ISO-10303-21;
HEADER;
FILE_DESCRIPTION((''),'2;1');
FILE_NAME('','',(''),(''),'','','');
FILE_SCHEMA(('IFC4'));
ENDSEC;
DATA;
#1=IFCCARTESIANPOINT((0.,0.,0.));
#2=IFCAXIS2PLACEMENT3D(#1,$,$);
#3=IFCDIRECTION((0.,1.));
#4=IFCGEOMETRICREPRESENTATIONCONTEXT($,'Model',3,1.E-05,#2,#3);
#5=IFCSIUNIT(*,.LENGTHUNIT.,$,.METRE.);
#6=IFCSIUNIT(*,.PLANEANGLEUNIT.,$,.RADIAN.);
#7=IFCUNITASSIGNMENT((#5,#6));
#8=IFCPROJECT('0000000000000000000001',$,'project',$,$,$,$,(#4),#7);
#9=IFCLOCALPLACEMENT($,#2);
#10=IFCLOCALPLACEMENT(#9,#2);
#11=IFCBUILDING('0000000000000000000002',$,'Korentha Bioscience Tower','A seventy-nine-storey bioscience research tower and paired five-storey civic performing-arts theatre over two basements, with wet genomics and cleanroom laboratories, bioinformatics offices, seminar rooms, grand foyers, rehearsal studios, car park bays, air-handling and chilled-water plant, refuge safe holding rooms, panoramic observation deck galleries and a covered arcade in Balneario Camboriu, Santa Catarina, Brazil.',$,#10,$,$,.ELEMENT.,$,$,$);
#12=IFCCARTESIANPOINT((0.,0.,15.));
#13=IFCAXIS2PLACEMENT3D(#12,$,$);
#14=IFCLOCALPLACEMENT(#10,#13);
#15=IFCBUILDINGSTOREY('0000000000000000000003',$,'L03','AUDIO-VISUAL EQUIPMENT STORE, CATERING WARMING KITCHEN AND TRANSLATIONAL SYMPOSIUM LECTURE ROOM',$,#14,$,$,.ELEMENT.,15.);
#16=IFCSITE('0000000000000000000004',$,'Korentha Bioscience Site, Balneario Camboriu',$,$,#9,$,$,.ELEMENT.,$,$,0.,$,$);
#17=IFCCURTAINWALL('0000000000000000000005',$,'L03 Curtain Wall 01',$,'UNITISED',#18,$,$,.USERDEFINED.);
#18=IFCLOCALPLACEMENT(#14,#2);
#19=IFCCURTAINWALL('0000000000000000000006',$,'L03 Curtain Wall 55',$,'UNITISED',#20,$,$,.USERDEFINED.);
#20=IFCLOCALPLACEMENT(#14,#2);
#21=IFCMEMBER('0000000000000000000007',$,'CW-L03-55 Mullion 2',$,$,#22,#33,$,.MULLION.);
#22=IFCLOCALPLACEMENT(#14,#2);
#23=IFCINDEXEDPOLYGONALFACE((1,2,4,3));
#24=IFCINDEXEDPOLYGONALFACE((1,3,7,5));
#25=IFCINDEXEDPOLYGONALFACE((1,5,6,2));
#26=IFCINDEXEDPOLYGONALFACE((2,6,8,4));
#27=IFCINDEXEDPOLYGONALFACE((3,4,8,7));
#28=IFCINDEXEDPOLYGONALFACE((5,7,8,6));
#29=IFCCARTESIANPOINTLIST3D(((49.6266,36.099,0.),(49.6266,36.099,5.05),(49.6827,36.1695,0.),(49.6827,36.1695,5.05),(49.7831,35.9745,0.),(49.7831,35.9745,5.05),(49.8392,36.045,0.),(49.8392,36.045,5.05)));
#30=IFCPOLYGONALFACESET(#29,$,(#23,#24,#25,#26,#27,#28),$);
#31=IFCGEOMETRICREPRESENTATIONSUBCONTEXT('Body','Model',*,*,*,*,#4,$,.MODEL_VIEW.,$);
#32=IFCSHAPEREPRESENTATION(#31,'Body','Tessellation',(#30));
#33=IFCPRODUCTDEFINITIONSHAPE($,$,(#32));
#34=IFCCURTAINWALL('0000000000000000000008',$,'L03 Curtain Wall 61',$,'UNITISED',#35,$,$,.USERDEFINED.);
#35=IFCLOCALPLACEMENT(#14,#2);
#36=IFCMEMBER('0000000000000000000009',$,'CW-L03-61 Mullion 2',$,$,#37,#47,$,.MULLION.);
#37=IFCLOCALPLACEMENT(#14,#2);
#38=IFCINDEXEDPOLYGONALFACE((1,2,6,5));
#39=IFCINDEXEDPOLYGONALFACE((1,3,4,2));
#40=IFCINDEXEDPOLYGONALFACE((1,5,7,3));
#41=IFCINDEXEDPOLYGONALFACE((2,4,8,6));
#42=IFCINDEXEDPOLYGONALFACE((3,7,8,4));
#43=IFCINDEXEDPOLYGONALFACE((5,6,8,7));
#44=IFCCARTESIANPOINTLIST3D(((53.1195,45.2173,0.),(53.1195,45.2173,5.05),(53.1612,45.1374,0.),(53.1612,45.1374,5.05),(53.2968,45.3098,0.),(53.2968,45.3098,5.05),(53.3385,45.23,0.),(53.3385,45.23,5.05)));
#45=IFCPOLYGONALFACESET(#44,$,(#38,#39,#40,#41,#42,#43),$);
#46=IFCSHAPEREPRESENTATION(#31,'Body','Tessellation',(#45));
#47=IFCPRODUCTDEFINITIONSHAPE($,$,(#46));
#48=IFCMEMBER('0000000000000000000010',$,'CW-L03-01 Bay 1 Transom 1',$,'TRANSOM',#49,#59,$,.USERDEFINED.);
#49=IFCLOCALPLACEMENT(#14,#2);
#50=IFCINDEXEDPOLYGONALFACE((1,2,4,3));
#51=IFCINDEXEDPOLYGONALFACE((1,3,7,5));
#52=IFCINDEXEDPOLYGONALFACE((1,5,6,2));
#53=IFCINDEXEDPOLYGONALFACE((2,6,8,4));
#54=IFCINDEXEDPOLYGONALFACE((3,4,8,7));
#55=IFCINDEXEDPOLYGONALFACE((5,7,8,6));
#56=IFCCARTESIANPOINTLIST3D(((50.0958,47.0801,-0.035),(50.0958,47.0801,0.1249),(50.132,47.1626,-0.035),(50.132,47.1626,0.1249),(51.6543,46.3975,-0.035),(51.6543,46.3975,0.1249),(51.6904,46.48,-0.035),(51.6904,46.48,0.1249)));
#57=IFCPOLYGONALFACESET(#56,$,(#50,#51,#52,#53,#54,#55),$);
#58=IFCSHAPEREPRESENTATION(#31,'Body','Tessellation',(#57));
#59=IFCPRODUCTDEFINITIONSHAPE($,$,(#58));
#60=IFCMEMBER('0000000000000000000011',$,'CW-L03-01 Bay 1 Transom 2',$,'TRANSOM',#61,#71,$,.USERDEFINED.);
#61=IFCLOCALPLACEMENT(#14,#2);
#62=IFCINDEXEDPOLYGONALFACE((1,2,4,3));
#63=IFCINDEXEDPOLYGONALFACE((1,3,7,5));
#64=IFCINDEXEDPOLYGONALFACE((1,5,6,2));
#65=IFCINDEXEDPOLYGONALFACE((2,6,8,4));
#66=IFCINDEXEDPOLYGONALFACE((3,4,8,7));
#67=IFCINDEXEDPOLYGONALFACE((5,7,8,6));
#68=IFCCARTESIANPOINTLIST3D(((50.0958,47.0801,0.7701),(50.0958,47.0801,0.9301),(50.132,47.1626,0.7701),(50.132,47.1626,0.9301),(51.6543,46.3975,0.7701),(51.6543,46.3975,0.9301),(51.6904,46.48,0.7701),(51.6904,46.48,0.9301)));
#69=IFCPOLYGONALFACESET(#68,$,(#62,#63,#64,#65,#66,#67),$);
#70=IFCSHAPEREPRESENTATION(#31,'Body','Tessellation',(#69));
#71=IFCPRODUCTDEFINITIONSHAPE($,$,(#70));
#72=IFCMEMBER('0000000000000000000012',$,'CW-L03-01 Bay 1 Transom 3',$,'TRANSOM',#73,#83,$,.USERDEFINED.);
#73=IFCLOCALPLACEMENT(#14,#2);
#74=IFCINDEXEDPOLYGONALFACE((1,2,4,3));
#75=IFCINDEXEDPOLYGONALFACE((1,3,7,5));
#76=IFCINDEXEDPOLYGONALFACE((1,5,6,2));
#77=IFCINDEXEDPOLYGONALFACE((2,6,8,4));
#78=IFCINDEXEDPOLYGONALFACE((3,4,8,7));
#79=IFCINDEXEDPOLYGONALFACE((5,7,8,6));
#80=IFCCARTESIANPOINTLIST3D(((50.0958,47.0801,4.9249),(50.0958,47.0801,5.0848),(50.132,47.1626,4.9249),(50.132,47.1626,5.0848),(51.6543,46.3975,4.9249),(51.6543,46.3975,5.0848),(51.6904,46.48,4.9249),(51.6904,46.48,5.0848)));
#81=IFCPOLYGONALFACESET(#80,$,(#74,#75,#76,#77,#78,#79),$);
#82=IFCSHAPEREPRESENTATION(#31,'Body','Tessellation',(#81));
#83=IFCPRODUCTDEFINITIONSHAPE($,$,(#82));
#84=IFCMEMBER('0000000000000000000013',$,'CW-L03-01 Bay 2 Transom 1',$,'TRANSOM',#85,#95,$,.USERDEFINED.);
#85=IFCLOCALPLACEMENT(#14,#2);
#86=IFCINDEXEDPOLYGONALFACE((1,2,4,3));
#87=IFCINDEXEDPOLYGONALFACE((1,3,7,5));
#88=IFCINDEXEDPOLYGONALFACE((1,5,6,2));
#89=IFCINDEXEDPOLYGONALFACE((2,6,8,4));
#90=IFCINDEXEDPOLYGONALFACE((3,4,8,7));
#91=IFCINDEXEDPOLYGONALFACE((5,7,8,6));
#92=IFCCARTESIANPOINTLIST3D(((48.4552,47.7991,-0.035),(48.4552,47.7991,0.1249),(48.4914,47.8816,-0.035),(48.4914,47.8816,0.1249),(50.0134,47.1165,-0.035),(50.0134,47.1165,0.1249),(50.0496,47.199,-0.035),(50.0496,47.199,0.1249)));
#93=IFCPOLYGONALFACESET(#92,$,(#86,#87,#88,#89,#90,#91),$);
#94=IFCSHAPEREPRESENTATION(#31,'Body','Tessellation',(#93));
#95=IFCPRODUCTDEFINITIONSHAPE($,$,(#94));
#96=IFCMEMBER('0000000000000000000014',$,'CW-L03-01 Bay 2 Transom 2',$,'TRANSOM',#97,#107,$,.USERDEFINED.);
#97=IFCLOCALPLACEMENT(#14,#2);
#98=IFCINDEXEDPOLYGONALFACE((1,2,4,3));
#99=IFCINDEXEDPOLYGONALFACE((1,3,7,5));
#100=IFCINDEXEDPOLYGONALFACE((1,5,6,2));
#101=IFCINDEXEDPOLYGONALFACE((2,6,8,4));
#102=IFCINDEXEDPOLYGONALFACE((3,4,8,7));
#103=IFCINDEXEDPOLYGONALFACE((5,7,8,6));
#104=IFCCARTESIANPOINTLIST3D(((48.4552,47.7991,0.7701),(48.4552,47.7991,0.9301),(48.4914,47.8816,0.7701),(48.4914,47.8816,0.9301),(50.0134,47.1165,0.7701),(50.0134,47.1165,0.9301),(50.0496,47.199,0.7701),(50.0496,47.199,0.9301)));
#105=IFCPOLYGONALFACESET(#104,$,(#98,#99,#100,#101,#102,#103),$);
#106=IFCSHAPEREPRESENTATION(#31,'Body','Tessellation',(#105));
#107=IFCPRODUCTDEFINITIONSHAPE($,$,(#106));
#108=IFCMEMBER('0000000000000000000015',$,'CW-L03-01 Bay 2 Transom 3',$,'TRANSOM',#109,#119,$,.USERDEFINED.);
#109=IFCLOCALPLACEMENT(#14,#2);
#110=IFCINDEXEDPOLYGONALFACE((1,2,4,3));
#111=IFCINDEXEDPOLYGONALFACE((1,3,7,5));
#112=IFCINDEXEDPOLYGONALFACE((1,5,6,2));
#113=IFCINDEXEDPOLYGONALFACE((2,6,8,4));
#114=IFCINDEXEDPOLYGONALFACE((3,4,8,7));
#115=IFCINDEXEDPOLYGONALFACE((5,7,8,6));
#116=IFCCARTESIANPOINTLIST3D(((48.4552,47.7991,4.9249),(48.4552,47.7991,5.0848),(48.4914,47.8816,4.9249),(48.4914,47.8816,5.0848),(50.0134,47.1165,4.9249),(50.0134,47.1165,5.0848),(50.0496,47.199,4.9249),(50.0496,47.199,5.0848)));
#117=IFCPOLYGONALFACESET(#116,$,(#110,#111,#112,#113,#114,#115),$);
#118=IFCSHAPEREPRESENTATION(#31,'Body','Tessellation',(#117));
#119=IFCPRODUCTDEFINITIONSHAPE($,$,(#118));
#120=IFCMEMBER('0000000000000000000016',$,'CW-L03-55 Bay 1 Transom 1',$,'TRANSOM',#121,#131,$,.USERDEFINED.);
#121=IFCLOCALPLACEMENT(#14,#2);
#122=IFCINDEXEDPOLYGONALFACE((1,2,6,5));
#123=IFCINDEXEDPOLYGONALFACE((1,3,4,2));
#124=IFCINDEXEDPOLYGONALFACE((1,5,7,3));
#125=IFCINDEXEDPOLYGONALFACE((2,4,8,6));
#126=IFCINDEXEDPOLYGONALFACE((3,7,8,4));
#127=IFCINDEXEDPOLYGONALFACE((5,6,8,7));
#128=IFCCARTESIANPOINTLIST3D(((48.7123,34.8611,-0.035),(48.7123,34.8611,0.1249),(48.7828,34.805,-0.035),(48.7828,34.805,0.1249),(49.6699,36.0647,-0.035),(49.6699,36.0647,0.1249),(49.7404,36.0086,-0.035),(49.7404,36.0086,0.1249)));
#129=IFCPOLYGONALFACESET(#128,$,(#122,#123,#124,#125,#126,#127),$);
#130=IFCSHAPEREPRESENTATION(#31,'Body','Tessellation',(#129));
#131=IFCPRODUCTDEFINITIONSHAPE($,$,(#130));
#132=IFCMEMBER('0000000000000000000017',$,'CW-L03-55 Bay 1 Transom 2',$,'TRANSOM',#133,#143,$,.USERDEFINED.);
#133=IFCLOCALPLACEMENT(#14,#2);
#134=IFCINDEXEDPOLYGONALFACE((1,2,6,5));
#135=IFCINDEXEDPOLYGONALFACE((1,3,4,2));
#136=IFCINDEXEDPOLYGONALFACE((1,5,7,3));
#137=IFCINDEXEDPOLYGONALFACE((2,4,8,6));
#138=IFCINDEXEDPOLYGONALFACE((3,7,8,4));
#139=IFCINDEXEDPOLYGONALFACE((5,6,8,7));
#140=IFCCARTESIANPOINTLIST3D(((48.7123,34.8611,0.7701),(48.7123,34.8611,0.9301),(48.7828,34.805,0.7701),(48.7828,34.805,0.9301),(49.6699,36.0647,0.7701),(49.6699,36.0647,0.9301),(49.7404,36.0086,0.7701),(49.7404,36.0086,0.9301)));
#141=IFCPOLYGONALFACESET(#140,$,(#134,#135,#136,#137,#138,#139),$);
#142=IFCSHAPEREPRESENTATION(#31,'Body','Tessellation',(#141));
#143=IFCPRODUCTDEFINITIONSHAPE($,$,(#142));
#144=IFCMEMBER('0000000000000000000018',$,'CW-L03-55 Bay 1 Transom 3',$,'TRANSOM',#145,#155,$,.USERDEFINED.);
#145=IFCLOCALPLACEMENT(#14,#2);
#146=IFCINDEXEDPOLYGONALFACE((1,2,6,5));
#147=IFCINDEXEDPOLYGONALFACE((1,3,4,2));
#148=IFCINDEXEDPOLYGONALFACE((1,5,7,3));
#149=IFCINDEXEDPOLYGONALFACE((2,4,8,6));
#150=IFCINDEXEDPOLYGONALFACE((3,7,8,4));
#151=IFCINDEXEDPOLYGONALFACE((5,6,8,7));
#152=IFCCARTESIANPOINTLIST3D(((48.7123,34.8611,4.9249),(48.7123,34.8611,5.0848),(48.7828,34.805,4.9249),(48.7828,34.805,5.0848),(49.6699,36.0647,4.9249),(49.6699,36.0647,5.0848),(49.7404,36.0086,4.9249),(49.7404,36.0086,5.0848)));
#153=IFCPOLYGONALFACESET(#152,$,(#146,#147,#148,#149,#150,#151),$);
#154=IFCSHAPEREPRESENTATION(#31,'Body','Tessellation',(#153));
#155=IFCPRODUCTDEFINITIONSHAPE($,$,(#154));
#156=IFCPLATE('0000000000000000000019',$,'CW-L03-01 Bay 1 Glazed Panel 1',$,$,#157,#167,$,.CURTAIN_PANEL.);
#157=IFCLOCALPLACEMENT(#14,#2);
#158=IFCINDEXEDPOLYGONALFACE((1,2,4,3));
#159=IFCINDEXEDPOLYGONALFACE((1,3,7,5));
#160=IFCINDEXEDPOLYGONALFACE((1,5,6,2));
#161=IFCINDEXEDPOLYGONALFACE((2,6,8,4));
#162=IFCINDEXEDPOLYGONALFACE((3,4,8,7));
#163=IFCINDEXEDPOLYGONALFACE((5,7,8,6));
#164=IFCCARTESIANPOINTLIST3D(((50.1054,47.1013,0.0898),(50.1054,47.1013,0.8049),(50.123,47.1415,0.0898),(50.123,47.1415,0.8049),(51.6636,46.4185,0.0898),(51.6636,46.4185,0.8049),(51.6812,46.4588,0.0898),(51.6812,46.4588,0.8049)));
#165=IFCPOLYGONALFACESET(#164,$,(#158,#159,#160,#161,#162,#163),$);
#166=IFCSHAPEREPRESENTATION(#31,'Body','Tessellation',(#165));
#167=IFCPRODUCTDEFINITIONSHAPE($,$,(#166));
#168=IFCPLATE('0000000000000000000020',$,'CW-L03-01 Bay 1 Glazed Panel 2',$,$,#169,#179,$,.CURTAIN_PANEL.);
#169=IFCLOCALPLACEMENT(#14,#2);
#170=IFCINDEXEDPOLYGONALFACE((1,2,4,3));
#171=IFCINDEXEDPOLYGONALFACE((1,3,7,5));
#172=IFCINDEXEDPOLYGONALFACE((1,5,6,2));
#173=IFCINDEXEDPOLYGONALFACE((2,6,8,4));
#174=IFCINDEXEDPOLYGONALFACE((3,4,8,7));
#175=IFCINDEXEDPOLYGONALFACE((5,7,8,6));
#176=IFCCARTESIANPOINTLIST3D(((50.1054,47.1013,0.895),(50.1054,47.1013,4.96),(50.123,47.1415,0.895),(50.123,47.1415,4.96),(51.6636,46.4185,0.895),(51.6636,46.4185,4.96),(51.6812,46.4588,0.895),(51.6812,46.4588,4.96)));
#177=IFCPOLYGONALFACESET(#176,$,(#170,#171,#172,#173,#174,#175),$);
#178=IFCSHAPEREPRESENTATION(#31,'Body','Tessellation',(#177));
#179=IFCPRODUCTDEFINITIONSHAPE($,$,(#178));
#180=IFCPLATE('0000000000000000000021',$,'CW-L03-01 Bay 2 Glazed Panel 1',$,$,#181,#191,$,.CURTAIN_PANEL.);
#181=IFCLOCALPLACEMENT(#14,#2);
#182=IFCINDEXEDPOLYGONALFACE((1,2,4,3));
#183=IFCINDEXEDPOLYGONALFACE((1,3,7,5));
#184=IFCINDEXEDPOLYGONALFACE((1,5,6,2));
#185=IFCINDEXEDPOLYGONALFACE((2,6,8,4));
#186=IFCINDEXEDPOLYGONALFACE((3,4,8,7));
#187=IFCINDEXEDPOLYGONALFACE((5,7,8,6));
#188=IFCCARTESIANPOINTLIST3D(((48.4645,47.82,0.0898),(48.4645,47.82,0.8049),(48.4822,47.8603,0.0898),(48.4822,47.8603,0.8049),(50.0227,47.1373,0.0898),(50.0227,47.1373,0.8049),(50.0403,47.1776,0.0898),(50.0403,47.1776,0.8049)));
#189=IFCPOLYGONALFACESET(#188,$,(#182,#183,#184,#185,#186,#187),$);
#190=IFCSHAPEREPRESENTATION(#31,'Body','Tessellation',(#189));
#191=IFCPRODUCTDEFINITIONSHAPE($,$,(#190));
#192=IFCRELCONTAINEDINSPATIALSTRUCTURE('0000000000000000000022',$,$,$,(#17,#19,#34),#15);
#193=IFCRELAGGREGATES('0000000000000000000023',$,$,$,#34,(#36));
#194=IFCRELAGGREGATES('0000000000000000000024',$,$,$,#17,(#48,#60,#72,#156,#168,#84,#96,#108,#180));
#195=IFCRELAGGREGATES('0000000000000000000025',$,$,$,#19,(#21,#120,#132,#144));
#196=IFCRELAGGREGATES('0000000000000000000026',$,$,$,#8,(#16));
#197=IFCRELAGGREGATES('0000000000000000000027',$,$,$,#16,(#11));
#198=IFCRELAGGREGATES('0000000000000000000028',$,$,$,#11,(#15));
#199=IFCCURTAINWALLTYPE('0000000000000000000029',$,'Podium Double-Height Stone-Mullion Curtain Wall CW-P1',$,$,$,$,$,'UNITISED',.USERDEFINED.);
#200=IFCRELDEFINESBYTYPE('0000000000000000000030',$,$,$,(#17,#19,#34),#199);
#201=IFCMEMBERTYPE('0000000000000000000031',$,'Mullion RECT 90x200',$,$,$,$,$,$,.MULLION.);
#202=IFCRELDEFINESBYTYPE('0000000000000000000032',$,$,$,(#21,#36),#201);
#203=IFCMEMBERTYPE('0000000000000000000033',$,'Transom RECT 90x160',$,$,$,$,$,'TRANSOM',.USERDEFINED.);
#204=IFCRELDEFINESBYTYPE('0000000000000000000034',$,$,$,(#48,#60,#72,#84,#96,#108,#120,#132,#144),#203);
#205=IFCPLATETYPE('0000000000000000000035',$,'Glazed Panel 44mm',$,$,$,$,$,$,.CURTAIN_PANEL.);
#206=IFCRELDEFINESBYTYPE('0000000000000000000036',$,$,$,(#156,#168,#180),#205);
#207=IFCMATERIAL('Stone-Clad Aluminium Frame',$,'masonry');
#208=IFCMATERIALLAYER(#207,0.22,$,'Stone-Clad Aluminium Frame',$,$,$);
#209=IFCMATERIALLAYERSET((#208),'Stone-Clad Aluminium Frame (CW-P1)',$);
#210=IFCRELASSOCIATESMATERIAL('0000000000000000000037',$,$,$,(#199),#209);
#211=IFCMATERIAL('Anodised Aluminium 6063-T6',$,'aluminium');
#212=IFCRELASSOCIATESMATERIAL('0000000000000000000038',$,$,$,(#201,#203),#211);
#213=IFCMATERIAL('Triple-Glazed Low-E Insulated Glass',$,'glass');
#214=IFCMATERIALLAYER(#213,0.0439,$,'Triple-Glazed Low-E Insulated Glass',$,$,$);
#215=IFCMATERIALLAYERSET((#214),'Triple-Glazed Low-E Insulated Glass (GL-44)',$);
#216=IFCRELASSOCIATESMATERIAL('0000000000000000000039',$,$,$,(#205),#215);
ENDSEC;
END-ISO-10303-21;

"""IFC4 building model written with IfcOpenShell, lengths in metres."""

from ifc_helpers import new_model, si_unit, direction, frame, origin, origin_2d, place, context, subcontext, project, spatial, rectangle, extrude, material, layer, layer_set, material_profile, profile_set, type_object, element, aggregate, save


model = new_model("IFC4")

# Units and contexts
model_context = context("Model", 3, precision=1e-05, world=origin(), true_north=direction((0.0, 1.0)))
body_context = subcontext(model_context, "Body", "Model", "MODEL_VIEW")
ifc_project = project(units=[si_unit("LENGTHUNIT", "METRE"), si_unit("PLANEANGLEUNIT", "RADIAN")], contexts=[model_context])

# Site, building, storey
site_placement = place(None, origin())
site = spatial("IfcSite", under=ifc_project, at=site_placement, Name="Korentha Bioscience Site, Balneario Camboriu", CompositionType="ELEMENT", RefElevation=0.0)
building_placement = place(site_placement, origin())
building = spatial("IfcBuilding", under=site, at=building_placement, Name="Korentha Bioscience Tower", Description="A seventy-nine-storey bioscience research tower and paired five-storey civic performing-arts theatre over two basements, with wet genomics and cleanroom laboratories, bioinformatics offices, seminar rooms, grand foyers, rehearsal studios, car park bays, air-handling and chilled-water plant, refuge safe holding rooms, panoramic observation deck galleries and a covered arcade in Balneario Camboriu, Santa Catarina, Brazil.", CompositionType="ELEMENT")
storey_placement = place(building_placement, frame((0.0, 0.0, 15.0)))
storey = spatial("IfcBuildingStorey", under=building, at=storey_placement, Name="L03", Description="AUDIO-VISUAL EQUIPMENT STORE, CATERING WARMING KITCHEN AND TRANSLATIONAL SYMPOSIUM LECTURE ROOM", CompositionType="ELEMENT", Elevation=15.0)

# Curtain walls, member
ifc_material_1 = material(Name="Stone-Clad Aluminium Frame", Category="masonry")
ifc_layer_1 = layer(ifc_material_1, 0.22, Name="Stone-Clad Aluminium Frame")
ifc_layer_set_1 = layer_set([ifc_layer_1], Name="Stone-Clad Aluminium Frame (CW-P1)")
curtain_wall_type = type_object("IfcCurtainWallType", Name="Podium Double-Height Stone-Mullion Curtain Wall CW-P1", ElementType="UNITISED", PredefinedType="USERDEFINED", material=ifc_layer_set_1)
curtain_wall_1_placement = place(storey_placement, origin())
curtain_wall_1 = element("IfcCurtainWall", 1, at=curtain_wall_1_placement, inside=storey, type_object=curtain_wall_type, Name="L03 Curtain Wall 01", ObjectType="UNITISED", PredefinedType="USERDEFINED")
ifc_material_2 = material(Name="Anodised Aluminium 6063-T6", Category="aluminium")
ifc_material_profile_1 = material_profile(ifc_material_2, rectangle(XDim=0.0901, YDim=0.2, at=origin_2d()), Name="Anodised Aluminium 6063-T6")
ifc_profile_set_1 = profile_set([ifc_material_profile_1], Name="Anodised Aluminium 6063-T6 (CW-MUL)")
member_type_1 = type_object("IfcMemberType", Name="Mullion RECT 90x200", PredefinedType="MULLION", material=ifc_profile_set_1)
curtain_wall_2_placement = place(storey_placement, origin())
curtain_wall_2 = element("IfcCurtainWall", 2, at=curtain_wall_2_placement, inside=storey, type_object=curtain_wall_type, Name="L03 Curtain Wall 55", ObjectType="UNITISED", PredefinedType="USERDEFINED")
member_1_placement = place(storey_placement, frame((49.7329, 36.072, 0.0), z_axis=(0.0, 0.0, 1.0), x_axis=(0.62252, 0.782604, 0.0)))
member_1 = element("IfcMember", 3, at=member_1_placement, type_object=member_type_1, Name="CW-L03-55 Mullion 2", PredefinedType="MULLION", context=body_context, shape_type="SweptSolid", body=[
    extrude(rectangle(XDim=0.0901, YDim=0.2, at=origin_2d()), origin(), (0.0, 0.0, 1.0), 5.05),
])

# Curtain wall, member
curtain_wall_3_placement = place(storey_placement, origin())
curtain_wall_3 = element("IfcCurtainWall", 4, at=curtain_wall_3_placement, inside=storey, type_object=curtain_wall_type, Name="L03 Curtain Wall 61", ObjectType="UNITISED", PredefinedType="USERDEFINED")
member_2_placement = place(storey_placement, frame((53.229, 45.2236, 0.0), z_axis=(0.0, 0.0, 1.0), x_axis=(-0.463009, 0.886354, 0.0)))
member_2 = element("IfcMember", 5, at=member_2_placement, type_object=member_type_1, Name="CW-L03-61 Mullion 2", PredefinedType="MULLION", context=body_context, shape_type="SweptSolid", body=[
    extrude(rectangle(XDim=0.0901, YDim=0.2, at=origin_2d()), origin(), (0.0, 0.0, 1.0), 5.05),
])
aggregate(curtain_wall_3, [member_2])

# Members
ifc_material_profile_2 = material_profile(ifc_material_2, rectangle(XDim=0.0901, YDim=0.1599, at=origin_2d()), Name="Anodised Aluminium 6063-T6")
ifc_profile_set_2 = profile_set([ifc_material_profile_2], Name="Anodised Aluminium 6063-T6 (CW-TRN)")
member_type_2 = type_object("IfcMemberType", Name="Transom RECT 90x160", ElementType="TRANSOM", PredefinedType="USERDEFINED", material=ifc_profile_set_2)
member_3_placement = place(storey_placement, frame((51.6724, 46.4387, 0.0449), z_axis=(-0.915976, 0.401233, 0.0), x_axis=(-0.401233, -0.915976, 0.0)))
member_3 = element("IfcMember", 6, at=member_3_placement, type_object=member_type_2, Name="CW-L03-01 Bay 1 Transom 1", ObjectType="TRANSOM", PredefinedType="USERDEFINED", context=body_context, shape_type="SweptSolid", body=[
    extrude(rectangle(XDim=0.0901, YDim=0.1599, at=origin_2d()), origin(), (0.0, 0.0, 1.0), 1.7014),
])
member_4_placement = place(storey_placement, frame((51.6724, 46.4387, 0.8501), z_axis=(-0.915976, 0.401233, 0.0), x_axis=(-0.401233, -0.915976, 0.0)))
member_4 = element("IfcMember", 7, at=member_4_placement, type_object=member_type_2, Name="CW-L03-01 Bay 1 Transom 2", ObjectType="TRANSOM", PredefinedType="USERDEFINED", context=body_context, shape_type="SweptSolid", body=[
    extrude(rectangle(XDim=0.0901, YDim=0.1599, at=origin_2d()), origin(), (0.0, 0.0, 1.0), 1.7014),
])
member_5_placement = place(storey_placement, frame((51.6724, 46.4387, 5.0049), z_axis=(-0.915976, 0.401233, 0.0), x_axis=(-0.401233, -0.915976, 0.0)))
member_5 = element("IfcMember", 8, at=member_5_placement, type_object=member_type_2, Name="CW-L03-01 Bay 1 Transom 3", ObjectType="TRANSOM", PredefinedType="USERDEFINED", context=body_context, shape_type="SweptSolid", body=[
    extrude(rectangle(XDim=0.0901, YDim=0.1599, at=origin_2d()), origin(), (0.0, 0.0, 1.0), 1.7014),
])
member_6_placement = place(storey_placement, frame((50.0315, 47.1577, 0.0449), z_axis=(-0.915953, 0.401286, 0.0), x_axis=(-0.401286, -0.915953, 0.0)))
member_6 = element("IfcMember", 9, at=member_6_placement, type_object=member_type_2, Name="CW-L03-01 Bay 2 Transom 1", ObjectType="TRANSOM", PredefinedType="USERDEFINED", context=body_context, shape_type="SweptSolid", body=[
    extrude(rectangle(XDim=0.0901, YDim=0.1599, at=origin_2d()), origin(), (0.0, 0.0, 1.0), 1.7012),
])
member_7_placement = place(storey_placement, frame((50.0315, 47.1577, 0.8501), z_axis=(-0.915953, 0.401286, 0.0), x_axis=(-0.401286, -0.915953, 0.0)))
member_7 = element("IfcMember", 10, at=member_7_placement, type_object=member_type_2, Name="CW-L03-01 Bay 2 Transom 2", ObjectType="TRANSOM", PredefinedType="USERDEFINED", context=body_context, shape_type="SweptSolid", body=[
    extrude(rectangle(XDim=0.0901, YDim=0.1599, at=origin_2d()), origin(), (0.0, 0.0, 1.0), 1.7012),
])
member_8_placement = place(storey_placement, frame((50.0315, 47.1577, 5.0049), z_axis=(-0.915953, 0.401286, 0.0), x_axis=(-0.401286, -0.915953, 0.0)))
member_8 = element("IfcMember", 11, at=member_8_placement, type_object=member_type_2, Name="CW-L03-01 Bay 2 Transom 3", ObjectType="TRANSOM", PredefinedType="USERDEFINED", context=body_context, shape_type="SweptSolid", body=[
    extrude(rectangle(XDim=0.0901, YDim=0.1599, at=origin_2d()), origin(), (0.0, 0.0, 1.0), 1.7012),
])
member_9_placement = place(storey_placement, frame((48.7476, 34.833, 0.0449), z_axis=(0.622563, 0.782569, 0.0), x_axis=(-0.782569, 0.622563, 0.0)))
member_9 = element("IfcMember", 12, at=member_9_placement, type_object=member_type_2, Name="CW-L03-55 Bay 1 Transom 1", ObjectType="TRANSOM", PredefinedType="USERDEFINED", context=body_context, shape_type="SweptSolid", body=[
    extrude(rectangle(XDim=0.0901, YDim=0.1599, at=origin_2d()), origin(), (0.0, 0.0, 1.0), 1.5381),
])
member_10_placement = place(storey_placement, frame((48.7476, 34.833, 0.8501), z_axis=(0.622563, 0.782569, 0.0), x_axis=(-0.782569, 0.622563, 0.0)))
member_10 = element("IfcMember", 13, at=member_10_placement, type_object=member_type_2, Name="CW-L03-55 Bay 1 Transom 2", ObjectType="TRANSOM", PredefinedType="USERDEFINED", context=body_context, shape_type="SweptSolid", body=[
    extrude(rectangle(XDim=0.0901, YDim=0.1599, at=origin_2d()), origin(), (0.0, 0.0, 1.0), 1.5381),
])
member_11_placement = place(storey_placement, frame((48.7476, 34.833, 5.0049), z_axis=(0.622563, 0.782569, 0.0), x_axis=(-0.782569, 0.622563, 0.0)))
member_11 = element("IfcMember", 14, at=member_11_placement, type_object=member_type_2, Name="CW-L03-55 Bay 1 Transom 3", ObjectType="TRANSOM", PredefinedType="USERDEFINED", context=body_context, shape_type="SweptSolid", body=[
    extrude(rectangle(XDim=0.0901, YDim=0.1599, at=origin_2d()), origin(), (0.0, 0.0, 1.0), 1.5381),
])

# Plates
ifc_material_3 = material(Name="Triple-Glazed Low-E Insulated Glass", Category="glass")
ifc_layer_2 = layer(ifc_material_3, 0.0439, Name="Triple-Glazed Low-E Insulated Glass")
ifc_layer_set_2 = layer_set([ifc_layer_2], Name="Triple-Glazed Low-E Insulated Glass (GL-44)")
plate_type = type_object("IfcPlateType", Name="Glazed Panel 44mm", PredefinedType="CURTAIN_PANEL", material=ifc_layer_set_2)
plate_1_placement = place(storey_placement, frame((50.8933, 46.78, 0.0898), z_axis=(0.0, 0.0, 1.0), x_axis=(-0.915939, 0.401317, 0.0)))
plate_1 = element("IfcPlate", 15, at=plate_1_placement, type_object=plate_type, Name="CW-L03-01 Bay 1 Glazed Panel 1", PredefinedType="CURTAIN_PANEL", context=body_context, shape_type="SweptSolid", body=[
    extrude(rectangle(XDim=1.7012, YDim=0.0439, at=origin_2d()), origin(), (0.0, 0.0, 1.0), 0.7151),
])
plate_2_placement = place(storey_placement, frame((50.8933, 46.78, 0.895), z_axis=(0.0, 0.0, 1.0), x_axis=(-0.915939, 0.401317, 0.0)))
plate_2 = element("IfcPlate", 16, at=plate_2_placement, type_object=plate_type, Name="CW-L03-01 Bay 1 Glazed Panel 2", PredefinedType="CURTAIN_PANEL", context=body_context, shape_type="SweptSolid", body=[
    extrude(rectangle(XDim=1.7012, YDim=0.0439, at=origin_2d()), origin(), (0.0, 0.0, 1.0), 4.0649),
])
plate_3_placement = place(storey_placement, frame((49.2524, 47.4988, 0.0898), z_axis=(0.0, 0.0, 1.0), x_axis=(-0.915939, 0.401317, 0.0)))
plate_3 = element("IfcPlate", 17, at=plate_3_placement, type_object=plate_type, Name="CW-L03-01 Bay 2 Glazed Panel 1", PredefinedType="CURTAIN_PANEL", context=body_context, shape_type="SweptSolid", body=[
    extrude(rectangle(XDim=1.7012, YDim=0.0439, at=origin_2d()), origin(), (0.0, 0.0, 1.0), 0.7151),
])
aggregate(curtain_wall_1, [member_3, member_4, member_5, plate_1, plate_2, member_6, member_7, member_8, plate_3])
aggregate(curtain_wall_2, [member_1, member_9, member_10, member_11])

save(model, "model.ifc")
